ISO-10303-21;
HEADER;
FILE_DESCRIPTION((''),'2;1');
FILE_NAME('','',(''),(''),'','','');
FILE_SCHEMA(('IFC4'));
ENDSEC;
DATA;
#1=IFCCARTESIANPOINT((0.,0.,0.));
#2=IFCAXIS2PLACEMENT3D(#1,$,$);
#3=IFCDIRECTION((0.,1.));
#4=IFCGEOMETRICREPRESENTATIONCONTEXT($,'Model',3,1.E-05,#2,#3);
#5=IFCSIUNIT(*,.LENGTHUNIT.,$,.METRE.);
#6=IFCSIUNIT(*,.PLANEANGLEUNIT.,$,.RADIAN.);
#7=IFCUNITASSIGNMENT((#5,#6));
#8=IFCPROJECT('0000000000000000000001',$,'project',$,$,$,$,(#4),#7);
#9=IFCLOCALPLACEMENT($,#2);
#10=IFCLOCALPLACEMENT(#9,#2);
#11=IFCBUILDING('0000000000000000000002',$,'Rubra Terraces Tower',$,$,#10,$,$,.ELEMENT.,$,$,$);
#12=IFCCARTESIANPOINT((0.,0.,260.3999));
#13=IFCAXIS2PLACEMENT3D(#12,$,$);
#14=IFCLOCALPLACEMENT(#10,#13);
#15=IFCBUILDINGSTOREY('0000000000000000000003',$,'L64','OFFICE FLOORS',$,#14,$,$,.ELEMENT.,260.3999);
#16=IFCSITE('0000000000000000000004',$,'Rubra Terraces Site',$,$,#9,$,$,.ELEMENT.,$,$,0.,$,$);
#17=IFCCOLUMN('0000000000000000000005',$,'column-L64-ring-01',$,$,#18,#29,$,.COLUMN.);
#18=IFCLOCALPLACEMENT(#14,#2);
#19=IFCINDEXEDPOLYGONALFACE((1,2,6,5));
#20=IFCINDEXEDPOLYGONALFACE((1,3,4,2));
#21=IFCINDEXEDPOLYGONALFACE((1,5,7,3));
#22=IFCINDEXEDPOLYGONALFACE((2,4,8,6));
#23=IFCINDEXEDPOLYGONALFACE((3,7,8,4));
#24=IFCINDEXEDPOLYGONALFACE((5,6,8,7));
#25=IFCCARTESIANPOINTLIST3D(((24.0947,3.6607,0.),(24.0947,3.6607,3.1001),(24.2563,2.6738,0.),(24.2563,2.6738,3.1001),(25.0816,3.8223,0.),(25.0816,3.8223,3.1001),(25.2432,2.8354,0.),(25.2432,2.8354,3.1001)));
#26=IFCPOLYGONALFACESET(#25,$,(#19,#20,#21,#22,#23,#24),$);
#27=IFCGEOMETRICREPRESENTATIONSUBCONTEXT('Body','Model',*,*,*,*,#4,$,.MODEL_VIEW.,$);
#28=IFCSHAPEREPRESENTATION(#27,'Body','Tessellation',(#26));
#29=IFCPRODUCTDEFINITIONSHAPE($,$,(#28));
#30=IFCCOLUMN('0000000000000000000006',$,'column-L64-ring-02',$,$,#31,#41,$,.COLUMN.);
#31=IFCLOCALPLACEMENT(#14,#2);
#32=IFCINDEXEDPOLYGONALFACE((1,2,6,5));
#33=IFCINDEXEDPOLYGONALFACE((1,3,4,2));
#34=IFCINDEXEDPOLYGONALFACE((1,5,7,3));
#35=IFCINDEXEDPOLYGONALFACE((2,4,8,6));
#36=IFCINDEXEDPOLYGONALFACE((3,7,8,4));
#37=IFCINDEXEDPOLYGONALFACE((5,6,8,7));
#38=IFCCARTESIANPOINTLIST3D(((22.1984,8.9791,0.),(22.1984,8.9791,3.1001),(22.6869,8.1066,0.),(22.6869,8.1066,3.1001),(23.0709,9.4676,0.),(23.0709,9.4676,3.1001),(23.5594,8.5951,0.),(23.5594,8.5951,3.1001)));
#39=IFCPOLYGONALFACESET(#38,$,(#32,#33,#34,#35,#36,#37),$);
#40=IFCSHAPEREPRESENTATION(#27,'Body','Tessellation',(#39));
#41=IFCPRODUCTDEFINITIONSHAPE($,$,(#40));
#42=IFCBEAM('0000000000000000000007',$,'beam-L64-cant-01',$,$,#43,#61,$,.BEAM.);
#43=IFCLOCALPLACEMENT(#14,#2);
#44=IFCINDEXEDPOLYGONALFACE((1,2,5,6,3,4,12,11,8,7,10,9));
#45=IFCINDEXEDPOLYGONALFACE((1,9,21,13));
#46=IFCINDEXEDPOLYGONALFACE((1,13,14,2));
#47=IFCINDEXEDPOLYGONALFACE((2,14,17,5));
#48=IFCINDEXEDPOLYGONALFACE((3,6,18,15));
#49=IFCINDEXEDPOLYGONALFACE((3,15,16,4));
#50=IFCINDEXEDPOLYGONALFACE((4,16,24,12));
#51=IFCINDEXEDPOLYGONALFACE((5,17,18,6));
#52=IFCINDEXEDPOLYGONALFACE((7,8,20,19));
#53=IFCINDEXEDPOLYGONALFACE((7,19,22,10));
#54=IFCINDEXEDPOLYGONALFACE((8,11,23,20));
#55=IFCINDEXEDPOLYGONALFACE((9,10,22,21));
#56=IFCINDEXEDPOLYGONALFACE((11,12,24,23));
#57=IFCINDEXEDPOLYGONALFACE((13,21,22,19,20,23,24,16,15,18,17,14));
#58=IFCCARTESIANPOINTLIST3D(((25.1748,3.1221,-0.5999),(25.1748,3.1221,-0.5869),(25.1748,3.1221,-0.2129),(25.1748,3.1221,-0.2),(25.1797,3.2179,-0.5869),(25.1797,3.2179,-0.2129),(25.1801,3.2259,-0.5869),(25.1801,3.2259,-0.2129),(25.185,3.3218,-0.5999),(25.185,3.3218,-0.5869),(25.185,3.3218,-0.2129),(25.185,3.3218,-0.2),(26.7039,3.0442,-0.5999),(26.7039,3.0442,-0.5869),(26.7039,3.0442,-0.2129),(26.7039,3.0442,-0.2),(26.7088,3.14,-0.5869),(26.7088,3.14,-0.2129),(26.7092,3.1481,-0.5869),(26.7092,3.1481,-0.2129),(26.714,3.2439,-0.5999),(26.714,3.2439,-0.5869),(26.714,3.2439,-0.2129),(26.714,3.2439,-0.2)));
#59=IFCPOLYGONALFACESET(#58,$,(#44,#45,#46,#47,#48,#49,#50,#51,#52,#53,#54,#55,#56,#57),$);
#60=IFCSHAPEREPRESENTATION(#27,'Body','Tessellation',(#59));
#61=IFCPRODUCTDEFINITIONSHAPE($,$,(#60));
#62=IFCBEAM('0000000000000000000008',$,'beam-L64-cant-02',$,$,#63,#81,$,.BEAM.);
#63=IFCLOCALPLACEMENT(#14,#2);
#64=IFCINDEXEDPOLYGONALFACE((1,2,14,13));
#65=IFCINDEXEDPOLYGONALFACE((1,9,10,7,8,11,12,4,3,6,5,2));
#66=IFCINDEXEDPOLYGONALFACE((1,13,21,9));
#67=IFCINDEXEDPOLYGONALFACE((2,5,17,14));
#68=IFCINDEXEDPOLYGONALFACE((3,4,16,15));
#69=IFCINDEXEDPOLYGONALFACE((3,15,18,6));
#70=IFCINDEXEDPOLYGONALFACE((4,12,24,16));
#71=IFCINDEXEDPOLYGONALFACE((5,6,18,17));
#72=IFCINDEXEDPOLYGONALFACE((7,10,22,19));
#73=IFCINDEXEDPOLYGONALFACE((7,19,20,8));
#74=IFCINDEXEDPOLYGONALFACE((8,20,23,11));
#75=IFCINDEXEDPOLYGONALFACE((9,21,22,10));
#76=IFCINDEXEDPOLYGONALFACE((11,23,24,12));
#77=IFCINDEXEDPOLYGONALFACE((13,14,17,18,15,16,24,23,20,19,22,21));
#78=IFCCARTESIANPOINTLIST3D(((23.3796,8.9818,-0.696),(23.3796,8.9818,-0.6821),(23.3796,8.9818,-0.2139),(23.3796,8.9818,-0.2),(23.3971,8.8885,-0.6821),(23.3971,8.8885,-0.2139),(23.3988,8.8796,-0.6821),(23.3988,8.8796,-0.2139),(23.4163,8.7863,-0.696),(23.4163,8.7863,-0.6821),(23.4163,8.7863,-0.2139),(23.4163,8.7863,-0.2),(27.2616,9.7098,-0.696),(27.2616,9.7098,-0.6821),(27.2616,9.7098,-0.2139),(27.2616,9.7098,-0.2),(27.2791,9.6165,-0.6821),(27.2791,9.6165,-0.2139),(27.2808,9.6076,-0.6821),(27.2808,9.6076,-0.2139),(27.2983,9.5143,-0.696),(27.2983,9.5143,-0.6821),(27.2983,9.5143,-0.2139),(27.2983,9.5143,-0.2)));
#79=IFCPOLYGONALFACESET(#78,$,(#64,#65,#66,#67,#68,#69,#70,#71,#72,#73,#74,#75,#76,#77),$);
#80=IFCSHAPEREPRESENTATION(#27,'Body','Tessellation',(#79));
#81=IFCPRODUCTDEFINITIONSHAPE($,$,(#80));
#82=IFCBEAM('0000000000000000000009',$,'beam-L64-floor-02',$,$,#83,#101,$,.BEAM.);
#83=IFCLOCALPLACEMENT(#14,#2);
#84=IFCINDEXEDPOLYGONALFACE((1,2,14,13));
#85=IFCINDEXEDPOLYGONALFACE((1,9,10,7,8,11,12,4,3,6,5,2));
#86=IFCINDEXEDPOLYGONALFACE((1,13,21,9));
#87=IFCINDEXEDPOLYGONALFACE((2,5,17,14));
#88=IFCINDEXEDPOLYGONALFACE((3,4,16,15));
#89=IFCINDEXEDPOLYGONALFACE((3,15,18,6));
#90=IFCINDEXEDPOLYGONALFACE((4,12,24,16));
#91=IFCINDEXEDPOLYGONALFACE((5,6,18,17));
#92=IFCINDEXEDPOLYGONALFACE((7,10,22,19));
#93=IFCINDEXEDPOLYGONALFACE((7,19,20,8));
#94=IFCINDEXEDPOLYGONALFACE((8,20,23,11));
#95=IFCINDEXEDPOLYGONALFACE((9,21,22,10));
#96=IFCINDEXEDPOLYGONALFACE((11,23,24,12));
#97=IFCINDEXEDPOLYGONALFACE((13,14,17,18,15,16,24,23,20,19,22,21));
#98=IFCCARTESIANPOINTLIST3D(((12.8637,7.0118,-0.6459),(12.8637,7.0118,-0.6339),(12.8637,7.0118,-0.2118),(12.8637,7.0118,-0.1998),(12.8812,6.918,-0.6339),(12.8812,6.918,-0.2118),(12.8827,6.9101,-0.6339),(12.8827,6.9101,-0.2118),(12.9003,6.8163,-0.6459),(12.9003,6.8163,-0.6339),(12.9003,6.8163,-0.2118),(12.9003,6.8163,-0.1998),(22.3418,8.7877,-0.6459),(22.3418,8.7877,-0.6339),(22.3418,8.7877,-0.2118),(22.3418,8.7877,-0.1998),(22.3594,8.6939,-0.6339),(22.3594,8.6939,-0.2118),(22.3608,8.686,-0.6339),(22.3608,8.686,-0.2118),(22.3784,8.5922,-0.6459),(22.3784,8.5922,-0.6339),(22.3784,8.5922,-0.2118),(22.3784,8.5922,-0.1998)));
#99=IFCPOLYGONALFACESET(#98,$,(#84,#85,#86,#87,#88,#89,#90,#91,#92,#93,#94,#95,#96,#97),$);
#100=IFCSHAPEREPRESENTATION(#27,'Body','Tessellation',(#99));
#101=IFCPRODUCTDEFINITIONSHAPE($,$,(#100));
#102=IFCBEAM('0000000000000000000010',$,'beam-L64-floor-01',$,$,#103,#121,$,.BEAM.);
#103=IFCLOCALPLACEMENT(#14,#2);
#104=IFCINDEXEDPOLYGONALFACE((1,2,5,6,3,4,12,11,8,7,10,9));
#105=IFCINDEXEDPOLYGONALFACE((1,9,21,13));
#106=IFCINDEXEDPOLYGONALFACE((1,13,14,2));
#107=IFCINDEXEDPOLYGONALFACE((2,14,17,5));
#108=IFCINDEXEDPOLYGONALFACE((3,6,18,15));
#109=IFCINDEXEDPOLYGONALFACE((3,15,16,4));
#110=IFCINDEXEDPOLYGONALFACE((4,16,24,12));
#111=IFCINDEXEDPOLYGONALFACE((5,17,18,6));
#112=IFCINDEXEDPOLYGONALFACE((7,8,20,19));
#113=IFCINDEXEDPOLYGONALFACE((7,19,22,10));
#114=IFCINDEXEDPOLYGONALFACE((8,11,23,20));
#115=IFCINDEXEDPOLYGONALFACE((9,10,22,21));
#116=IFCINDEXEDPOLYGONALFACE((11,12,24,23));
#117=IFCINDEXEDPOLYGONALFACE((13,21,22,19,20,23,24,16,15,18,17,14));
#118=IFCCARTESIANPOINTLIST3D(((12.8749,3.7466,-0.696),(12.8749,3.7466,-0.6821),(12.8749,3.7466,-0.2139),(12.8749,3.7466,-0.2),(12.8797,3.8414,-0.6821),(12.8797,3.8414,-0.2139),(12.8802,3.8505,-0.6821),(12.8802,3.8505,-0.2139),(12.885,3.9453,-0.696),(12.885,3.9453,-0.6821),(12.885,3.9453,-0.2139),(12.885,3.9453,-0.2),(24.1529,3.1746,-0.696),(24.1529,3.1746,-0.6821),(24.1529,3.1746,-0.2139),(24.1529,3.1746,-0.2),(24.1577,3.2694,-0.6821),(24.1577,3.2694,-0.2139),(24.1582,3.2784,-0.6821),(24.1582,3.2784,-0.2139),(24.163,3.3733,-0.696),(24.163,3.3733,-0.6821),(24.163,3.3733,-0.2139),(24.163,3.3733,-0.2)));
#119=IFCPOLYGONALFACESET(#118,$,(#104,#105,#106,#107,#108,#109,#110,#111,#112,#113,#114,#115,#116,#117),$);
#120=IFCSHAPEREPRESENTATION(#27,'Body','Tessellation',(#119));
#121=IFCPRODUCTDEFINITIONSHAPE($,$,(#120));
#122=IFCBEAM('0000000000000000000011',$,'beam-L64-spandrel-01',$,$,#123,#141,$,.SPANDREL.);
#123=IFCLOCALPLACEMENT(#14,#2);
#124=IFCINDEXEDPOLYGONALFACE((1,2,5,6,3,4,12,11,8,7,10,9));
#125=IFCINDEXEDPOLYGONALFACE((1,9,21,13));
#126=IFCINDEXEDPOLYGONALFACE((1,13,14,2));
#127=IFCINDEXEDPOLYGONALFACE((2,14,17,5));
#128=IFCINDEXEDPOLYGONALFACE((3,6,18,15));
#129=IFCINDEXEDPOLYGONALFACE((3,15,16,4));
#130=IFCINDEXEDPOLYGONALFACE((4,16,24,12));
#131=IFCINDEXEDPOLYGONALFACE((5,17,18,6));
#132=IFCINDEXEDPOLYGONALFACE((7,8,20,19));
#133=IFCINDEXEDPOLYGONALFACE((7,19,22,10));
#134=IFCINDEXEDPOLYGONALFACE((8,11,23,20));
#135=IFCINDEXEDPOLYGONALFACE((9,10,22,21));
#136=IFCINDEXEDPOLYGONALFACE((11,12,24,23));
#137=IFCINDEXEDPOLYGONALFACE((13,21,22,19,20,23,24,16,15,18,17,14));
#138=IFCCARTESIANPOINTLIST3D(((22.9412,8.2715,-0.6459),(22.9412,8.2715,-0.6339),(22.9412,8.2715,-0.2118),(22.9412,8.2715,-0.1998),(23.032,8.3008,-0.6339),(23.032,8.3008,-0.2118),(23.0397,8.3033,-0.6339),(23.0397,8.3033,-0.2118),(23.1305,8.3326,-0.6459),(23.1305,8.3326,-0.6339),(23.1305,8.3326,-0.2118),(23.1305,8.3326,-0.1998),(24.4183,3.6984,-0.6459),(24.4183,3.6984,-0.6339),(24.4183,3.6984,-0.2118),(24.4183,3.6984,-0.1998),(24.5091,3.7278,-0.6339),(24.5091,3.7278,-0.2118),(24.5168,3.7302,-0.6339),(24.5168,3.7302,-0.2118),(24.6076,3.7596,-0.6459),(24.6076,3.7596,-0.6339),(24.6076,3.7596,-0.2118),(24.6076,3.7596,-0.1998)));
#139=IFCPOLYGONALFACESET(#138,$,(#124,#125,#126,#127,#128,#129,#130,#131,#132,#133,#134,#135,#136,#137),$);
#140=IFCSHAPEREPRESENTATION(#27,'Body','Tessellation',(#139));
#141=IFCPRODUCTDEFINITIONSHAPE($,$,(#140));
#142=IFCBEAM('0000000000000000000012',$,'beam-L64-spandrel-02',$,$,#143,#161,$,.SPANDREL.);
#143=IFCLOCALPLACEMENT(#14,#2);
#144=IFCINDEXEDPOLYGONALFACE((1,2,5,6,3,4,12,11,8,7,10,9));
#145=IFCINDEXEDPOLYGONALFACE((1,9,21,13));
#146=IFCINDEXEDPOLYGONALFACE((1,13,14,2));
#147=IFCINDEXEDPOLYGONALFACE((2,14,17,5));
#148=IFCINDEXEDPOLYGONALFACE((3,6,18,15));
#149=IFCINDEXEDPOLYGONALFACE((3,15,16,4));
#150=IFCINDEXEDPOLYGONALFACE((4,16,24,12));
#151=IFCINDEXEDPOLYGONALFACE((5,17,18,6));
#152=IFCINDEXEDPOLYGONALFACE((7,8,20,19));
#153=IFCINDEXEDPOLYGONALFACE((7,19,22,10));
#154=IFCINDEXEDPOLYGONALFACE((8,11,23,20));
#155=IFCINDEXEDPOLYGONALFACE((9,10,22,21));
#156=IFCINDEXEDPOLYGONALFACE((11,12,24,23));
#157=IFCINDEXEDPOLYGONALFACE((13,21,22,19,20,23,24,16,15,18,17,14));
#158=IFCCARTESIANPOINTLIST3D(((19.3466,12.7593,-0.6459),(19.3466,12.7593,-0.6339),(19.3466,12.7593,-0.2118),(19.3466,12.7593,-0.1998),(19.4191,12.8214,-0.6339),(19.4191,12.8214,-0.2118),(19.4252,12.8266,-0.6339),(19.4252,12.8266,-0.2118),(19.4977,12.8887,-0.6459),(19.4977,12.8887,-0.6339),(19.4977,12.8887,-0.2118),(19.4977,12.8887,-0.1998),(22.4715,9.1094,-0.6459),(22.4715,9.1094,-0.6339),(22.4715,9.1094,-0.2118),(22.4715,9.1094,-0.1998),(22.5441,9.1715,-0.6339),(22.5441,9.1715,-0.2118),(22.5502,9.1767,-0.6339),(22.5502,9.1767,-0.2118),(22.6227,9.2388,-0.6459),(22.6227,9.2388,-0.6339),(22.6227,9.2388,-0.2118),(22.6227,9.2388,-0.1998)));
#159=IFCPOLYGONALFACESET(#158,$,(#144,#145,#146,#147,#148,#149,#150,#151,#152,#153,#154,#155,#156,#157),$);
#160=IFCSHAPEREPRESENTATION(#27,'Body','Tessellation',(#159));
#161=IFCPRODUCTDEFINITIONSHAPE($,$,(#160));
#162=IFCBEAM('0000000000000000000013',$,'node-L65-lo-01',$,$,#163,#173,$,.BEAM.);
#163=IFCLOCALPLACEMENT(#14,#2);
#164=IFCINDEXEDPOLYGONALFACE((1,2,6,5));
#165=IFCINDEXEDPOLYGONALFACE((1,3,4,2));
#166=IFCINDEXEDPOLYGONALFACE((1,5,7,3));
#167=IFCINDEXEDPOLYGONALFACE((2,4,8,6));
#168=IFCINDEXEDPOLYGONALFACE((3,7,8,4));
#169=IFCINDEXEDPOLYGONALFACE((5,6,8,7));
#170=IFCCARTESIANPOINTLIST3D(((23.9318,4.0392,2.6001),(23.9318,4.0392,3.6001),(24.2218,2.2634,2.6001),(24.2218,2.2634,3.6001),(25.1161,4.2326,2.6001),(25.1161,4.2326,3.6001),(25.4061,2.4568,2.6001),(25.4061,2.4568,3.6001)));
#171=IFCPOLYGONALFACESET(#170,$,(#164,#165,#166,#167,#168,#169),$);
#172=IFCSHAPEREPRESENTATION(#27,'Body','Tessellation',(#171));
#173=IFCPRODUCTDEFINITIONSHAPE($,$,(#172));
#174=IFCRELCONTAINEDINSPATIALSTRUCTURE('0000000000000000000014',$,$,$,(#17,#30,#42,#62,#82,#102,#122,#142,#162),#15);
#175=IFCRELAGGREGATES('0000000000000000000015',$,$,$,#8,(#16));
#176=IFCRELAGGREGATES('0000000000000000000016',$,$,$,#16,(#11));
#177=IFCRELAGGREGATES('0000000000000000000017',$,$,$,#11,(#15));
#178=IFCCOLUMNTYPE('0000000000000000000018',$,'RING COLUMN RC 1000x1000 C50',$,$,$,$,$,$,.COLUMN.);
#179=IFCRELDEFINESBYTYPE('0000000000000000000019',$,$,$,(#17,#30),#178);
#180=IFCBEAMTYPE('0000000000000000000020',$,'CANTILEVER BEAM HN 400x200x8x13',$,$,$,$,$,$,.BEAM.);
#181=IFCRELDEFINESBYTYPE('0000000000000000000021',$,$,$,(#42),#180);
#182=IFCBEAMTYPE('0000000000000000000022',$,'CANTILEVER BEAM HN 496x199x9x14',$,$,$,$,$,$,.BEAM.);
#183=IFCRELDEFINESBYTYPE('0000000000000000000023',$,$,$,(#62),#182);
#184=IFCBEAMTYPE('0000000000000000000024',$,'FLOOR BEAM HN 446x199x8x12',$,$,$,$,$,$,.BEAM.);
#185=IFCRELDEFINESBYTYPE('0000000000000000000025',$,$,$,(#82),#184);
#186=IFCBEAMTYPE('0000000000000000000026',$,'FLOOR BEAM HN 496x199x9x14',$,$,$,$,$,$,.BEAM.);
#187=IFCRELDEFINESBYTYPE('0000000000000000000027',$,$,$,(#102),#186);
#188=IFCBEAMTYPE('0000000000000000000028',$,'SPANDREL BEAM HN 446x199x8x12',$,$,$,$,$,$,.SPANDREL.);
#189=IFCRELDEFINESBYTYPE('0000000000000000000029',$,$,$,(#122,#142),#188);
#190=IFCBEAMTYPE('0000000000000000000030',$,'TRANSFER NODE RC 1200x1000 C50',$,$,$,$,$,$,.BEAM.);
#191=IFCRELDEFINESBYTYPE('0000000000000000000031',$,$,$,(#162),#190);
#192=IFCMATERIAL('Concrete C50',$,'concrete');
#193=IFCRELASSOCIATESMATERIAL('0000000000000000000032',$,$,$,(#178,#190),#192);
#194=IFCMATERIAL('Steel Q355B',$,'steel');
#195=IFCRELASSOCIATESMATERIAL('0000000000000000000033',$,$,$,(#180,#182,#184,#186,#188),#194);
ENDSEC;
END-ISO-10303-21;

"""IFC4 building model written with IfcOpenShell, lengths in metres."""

from ifc_helpers import new_model, si_unit, direction, frame, origin, origin_2d, place, context, subcontext, project, spatial, rectangle, i_section, extrude, material, material_profile, profile_set, type_object, element, save


model = new_model("IFC4")

# Units and contexts
model_context = context("Model", 3, precision=1e-05, world=origin(), true_north=direction((0.0, 1.0)))
body_context = subcontext(model_context, "Body", "Model", "MODEL_VIEW")
ifc_project = project(units=[si_unit("LENGTHUNIT", "METRE"), si_unit("PLANEANGLEUNIT", "RADIAN")], contexts=[model_context])

# Site, building, storey
site_placement = place(None, origin())
site = spatial("IfcSite", under=ifc_project, at=site_placement, Name="Rubra Terraces Site", CompositionType="ELEMENT", RefElevation=0.0)
building_placement = place(site_placement, origin())
building = spatial("IfcBuilding", under=site, at=building_placement, Name="Rubra Terraces Tower", CompositionType="ELEMENT")
storey_placement = place(building_placement, frame((0.0, 0.0, 260.3999)))
storey = spatial("IfcBuildingStorey", under=building, at=storey_placement, Name="L64", Description="OFFICE FLOORS", CompositionType="ELEMENT", Elevation=260.3999)

# Columns
ifc_material_1 = material(Name="Concrete C50", Category="concrete")
ifc_material_profile_1 = material_profile(ifc_material_1, rectangle(XDim=1.0, YDim=1.0, at=origin_2d()), Name="RC 1000x1000")
ifc_profile_set_1 = profile_set([ifc_material_profile_1], Name="Concrete C50")
column_type = type_object("IfcColumnType", Name="RING COLUMN RC 1000x1000 C50", PredefinedType="COLUMN", material=ifc_profile_set_1)
for number, where, z_axis, x_axis, name in (
    (1, (24.6689, 3.248, 0.0), (0.0, 0.0, 1.0), (-0.161559, 0.986863, 0.0), "column-L64-ring-01"),
    (2, (22.8789, 8.7871, 0.0), (0.0, 0.0, 1.0), (-0.488526, 0.872549, 0.0), "column-L64-ring-02"),
):
    element("IfcColumn", number, at=place(storey_placement, frame(where, z_axis=z_axis, x_axis=x_axis)), inside=storey, type_object=column_type, Name=name, PredefinedType="COLUMN", context=body_context, shape_type="SweptSolid", body=[
        extrude(rectangle(XDim=1.0, YDim=1.0, at=origin_2d()), origin(), (0.0, 0.0, 1.0), 3.1001),
    ])

# Beams
ifc_material_2 = material(Name="Steel Q355B", Category="steel")
ifc_material_profile_2 = material_profile(ifc_material_2, i_section(OverallWidth=0.2, OverallDepth=0.3999, WebThickness=0.0081, FlangeThickness=0.0129, at=origin_2d()), Name="HN 400x200x8x13")
ifc_profile_set_2 = profile_set([ifc_material_profile_2], Name="Steel Q355B")
beam_type_1 = type_object("IfcBeamType", Name="CANTILEVER BEAM HN 400x200x8x13", PredefinedType="BEAM", material=ifc_profile_set_2)
beam_1_placement = place(storey_placement, frame((25.1799, 3.2219, -0.3999), z_axis=(0.998705, -0.050868, 0.0), x_axis=(0.050868, 0.998705, 0.0)))
element("IfcBeam", 3, at=beam_1_placement, inside=storey, type_object=beam_type_1, Name="beam-L64-cant-01", PredefinedType="BEAM", context=body_context, shape_type="SweptSolid", body=[
    extrude(i_section(OverallWidth=0.2, OverallDepth=0.3999, WebThickness=0.0081, FlangeThickness=0.0129, at=origin_2d()), origin(), (0.0, 0.0, 1.0), 1.531),
])
ifc_material_profile_3 = material_profile(ifc_material_2, i_section(OverallWidth=0.199, OverallDepth=0.4961, WebThickness=0.009, FlangeThickness=0.0139, at=origin_2d()), Name="HN 496x199x9x14")
ifc_profile_set_3 = profile_set([ifc_material_profile_3], Name="Steel Q355B")
beam_type_2 = type_object("IfcBeamType", Name="CANTILEVER BEAM HN 496x199x9x14", PredefinedType="BEAM", material=ifc_profile_set_3)
beam_2_placement = place(storey_placement, frame((23.3979, 8.884, -0.448), z_axis=(0.982866, 0.184322, 0.0), x_axis=(-0.184322, 0.982866, 0.0)))
element("IfcBeam", 4, at=beam_2_placement, inside=storey, type_object=beam_type_2, Name="beam-L64-cant-02", PredefinedType="BEAM", context=body_context, shape_type="SweptSolid", body=[
    extrude(i_section(OverallWidth=0.199, OverallDepth=0.4961, WebThickness=0.009, FlangeThickness=0.0139, at=origin_2d()), origin(), (0.0, 0.0, 1.0), 3.9497),
])
ifc_material_profile_4 = material_profile(ifc_material_2, i_section(OverallWidth=0.199, OverallDepth=0.446, WebThickness=0.0081, FlangeThickness=0.012, at=origin_2d()), Name="HN 446x199x8x12")
ifc_profile_set_4 = profile_set([ifc_material_profile_4], Name="Steel Q355B")
beam_type_3 = type_object("IfcBeamType", Name="FLOOR BEAM HN 446x199x8x12", PredefinedType="BEAM", material=ifc_profile_set_4)
beam_3_placement = place(storey_placement, frame((22.3601, 8.6899, -0.4229), z_axis=(-0.982896, -0.184163, 0.0), x_axis=(0.184163, -0.982896, 0.0)))
element("IfcBeam", 5, at=beam_3_placement, inside=storey, type_object=beam_type_3, Name="beam-L64-floor-02", PredefinedType="BEAM", context=body_context, shape_type="SweptSolid", body=[
    extrude(i_section(OverallWidth=0.199, OverallDepth=0.446, WebThickness=0.0081, FlangeThickness=0.012, at=origin_2d()), origin(), (0.0, 0.0, 1.0), 9.6431),
])
ifc_material_profile_5 = material_profile(ifc_material_2, i_section(OverallWidth=0.199, OverallDepth=0.4961, WebThickness=0.009, FlangeThickness=0.0139, at=origin_2d()), Name="HN 496x199x9x14")
ifc_profile_set_5 = profile_set([ifc_material_profile_5], Name="Steel Q355B")
beam_type_4 = type_object("IfcBeamType", Name="FLOOR BEAM HN 496x199x9x14", PredefinedType="BEAM", material=ifc_profile_set_5)
beam_4_placement = place(storey_placement, frame((24.158, 3.2739, -0.448), z_axis=(-0.998716, 0.050655, 0.0), x_axis=(-0.050655, -0.998716, 0.0)))
element("IfcBeam", 6, at=beam_4_placement, inside=storey, type_object=beam_type_4, Name="beam-L64-floor-01", PredefinedType="BEAM", context=body_context, shape_type="SweptSolid", body=[
    extrude(i_section(OverallWidth=0.199, OverallDepth=0.4961, WebThickness=0.009, FlangeThickness=0.0139, at=origin_2d()), origin(), (0.0, 0.0, 1.0), 11.2925),
])
ifc_material_profile_6 = material_profile(ifc_material_2, i_section(OverallWidth=0.199, OverallDepth=0.446, WebThickness=0.0081, FlangeThickness=0.012, at=origin_2d()), Name="HN 446x199x8x12")
ifc_profile_set_6 = profile_set([ifc_material_profile_6], Name="Steel Q355B")
beam_type_5 = type_object("IfcBeamType", Name="SPANDREL BEAM HN 446x199x8x12", PredefinedType="SPANDREL", material=ifc_profile_set_6)
beam_5_placement = place(storey_placement, frame((24.5129, 3.729, -0.4229), z_axis=(-0.307359, 0.951594, 0.0), x_axis=(-0.951594, -0.307359, 0.0)))
element("IfcBeam", 7, at=beam_5_placement, inside=storey, type_object=beam_type_5, Name="beam-L64-spandrel-01", PredefinedType="SPANDREL", context=body_context, shape_type="SweptSolid", body=[
    extrude(i_section(OverallWidth=0.199, OverallDepth=0.446, WebThickness=0.0081, FlangeThickness=0.012, at=origin_2d()), origin(), (0.0, 0.0, 1.0), 4.8057),
])
beam_6_placement = place(storey_placement, frame((22.5471, 9.1741, -0.4229), z_axis=(-0.650373, 0.759615, 0.0), x_axis=(-0.759615, -0.650373, 0.0)))
element("IfcBeam", 8, at=beam_6_placement, inside=storey, type_object=beam_type_5, Name="beam-L64-spandrel-02", PredefinedType="SPANDREL", context=body_context, shape_type="SweptSolid", body=[
    extrude(i_section(OverallWidth=0.199, OverallDepth=0.446, WebThickness=0.0081, FlangeThickness=0.012, at=origin_2d()), origin(), (0.0, 0.0, 1.0), 4.8049),
])
ifc_material_profile_7 = material_profile(ifc_material_1, rectangle(XDim=1.2, YDim=1.0, at=origin_2d()), Name="RC 1200x1000")
ifc_profile_set_7 = profile_set([ifc_material_profile_7], Name="Concrete C50")
beam_type_6 = type_object("IfcBeamType", Name="TRANSFER NODE RC 1200x1000 C50", PredefinedType="BEAM", material=ifc_profile_set_7)
beam_7_placement = place(storey_placement, frame((24.814, 2.3601, 3.1001), z_axis=(-0.161186, 0.986924, 0.0), x_axis=(-0.986924, -0.161186, 0.0)))
element("IfcBeam", 9, at=beam_7_placement, inside=storey, type_object=beam_type_6, Name="node-L65-lo-01", PredefinedType="BEAM", context=body_context, shape_type="SweptSolid", body=[
    extrude(rectangle(XDim=1.2, YDim=1.0, at=origin_2d()), origin(), (0.0, 0.0, 1.0), 1.7993),
])

save(model, "model.ifc")
